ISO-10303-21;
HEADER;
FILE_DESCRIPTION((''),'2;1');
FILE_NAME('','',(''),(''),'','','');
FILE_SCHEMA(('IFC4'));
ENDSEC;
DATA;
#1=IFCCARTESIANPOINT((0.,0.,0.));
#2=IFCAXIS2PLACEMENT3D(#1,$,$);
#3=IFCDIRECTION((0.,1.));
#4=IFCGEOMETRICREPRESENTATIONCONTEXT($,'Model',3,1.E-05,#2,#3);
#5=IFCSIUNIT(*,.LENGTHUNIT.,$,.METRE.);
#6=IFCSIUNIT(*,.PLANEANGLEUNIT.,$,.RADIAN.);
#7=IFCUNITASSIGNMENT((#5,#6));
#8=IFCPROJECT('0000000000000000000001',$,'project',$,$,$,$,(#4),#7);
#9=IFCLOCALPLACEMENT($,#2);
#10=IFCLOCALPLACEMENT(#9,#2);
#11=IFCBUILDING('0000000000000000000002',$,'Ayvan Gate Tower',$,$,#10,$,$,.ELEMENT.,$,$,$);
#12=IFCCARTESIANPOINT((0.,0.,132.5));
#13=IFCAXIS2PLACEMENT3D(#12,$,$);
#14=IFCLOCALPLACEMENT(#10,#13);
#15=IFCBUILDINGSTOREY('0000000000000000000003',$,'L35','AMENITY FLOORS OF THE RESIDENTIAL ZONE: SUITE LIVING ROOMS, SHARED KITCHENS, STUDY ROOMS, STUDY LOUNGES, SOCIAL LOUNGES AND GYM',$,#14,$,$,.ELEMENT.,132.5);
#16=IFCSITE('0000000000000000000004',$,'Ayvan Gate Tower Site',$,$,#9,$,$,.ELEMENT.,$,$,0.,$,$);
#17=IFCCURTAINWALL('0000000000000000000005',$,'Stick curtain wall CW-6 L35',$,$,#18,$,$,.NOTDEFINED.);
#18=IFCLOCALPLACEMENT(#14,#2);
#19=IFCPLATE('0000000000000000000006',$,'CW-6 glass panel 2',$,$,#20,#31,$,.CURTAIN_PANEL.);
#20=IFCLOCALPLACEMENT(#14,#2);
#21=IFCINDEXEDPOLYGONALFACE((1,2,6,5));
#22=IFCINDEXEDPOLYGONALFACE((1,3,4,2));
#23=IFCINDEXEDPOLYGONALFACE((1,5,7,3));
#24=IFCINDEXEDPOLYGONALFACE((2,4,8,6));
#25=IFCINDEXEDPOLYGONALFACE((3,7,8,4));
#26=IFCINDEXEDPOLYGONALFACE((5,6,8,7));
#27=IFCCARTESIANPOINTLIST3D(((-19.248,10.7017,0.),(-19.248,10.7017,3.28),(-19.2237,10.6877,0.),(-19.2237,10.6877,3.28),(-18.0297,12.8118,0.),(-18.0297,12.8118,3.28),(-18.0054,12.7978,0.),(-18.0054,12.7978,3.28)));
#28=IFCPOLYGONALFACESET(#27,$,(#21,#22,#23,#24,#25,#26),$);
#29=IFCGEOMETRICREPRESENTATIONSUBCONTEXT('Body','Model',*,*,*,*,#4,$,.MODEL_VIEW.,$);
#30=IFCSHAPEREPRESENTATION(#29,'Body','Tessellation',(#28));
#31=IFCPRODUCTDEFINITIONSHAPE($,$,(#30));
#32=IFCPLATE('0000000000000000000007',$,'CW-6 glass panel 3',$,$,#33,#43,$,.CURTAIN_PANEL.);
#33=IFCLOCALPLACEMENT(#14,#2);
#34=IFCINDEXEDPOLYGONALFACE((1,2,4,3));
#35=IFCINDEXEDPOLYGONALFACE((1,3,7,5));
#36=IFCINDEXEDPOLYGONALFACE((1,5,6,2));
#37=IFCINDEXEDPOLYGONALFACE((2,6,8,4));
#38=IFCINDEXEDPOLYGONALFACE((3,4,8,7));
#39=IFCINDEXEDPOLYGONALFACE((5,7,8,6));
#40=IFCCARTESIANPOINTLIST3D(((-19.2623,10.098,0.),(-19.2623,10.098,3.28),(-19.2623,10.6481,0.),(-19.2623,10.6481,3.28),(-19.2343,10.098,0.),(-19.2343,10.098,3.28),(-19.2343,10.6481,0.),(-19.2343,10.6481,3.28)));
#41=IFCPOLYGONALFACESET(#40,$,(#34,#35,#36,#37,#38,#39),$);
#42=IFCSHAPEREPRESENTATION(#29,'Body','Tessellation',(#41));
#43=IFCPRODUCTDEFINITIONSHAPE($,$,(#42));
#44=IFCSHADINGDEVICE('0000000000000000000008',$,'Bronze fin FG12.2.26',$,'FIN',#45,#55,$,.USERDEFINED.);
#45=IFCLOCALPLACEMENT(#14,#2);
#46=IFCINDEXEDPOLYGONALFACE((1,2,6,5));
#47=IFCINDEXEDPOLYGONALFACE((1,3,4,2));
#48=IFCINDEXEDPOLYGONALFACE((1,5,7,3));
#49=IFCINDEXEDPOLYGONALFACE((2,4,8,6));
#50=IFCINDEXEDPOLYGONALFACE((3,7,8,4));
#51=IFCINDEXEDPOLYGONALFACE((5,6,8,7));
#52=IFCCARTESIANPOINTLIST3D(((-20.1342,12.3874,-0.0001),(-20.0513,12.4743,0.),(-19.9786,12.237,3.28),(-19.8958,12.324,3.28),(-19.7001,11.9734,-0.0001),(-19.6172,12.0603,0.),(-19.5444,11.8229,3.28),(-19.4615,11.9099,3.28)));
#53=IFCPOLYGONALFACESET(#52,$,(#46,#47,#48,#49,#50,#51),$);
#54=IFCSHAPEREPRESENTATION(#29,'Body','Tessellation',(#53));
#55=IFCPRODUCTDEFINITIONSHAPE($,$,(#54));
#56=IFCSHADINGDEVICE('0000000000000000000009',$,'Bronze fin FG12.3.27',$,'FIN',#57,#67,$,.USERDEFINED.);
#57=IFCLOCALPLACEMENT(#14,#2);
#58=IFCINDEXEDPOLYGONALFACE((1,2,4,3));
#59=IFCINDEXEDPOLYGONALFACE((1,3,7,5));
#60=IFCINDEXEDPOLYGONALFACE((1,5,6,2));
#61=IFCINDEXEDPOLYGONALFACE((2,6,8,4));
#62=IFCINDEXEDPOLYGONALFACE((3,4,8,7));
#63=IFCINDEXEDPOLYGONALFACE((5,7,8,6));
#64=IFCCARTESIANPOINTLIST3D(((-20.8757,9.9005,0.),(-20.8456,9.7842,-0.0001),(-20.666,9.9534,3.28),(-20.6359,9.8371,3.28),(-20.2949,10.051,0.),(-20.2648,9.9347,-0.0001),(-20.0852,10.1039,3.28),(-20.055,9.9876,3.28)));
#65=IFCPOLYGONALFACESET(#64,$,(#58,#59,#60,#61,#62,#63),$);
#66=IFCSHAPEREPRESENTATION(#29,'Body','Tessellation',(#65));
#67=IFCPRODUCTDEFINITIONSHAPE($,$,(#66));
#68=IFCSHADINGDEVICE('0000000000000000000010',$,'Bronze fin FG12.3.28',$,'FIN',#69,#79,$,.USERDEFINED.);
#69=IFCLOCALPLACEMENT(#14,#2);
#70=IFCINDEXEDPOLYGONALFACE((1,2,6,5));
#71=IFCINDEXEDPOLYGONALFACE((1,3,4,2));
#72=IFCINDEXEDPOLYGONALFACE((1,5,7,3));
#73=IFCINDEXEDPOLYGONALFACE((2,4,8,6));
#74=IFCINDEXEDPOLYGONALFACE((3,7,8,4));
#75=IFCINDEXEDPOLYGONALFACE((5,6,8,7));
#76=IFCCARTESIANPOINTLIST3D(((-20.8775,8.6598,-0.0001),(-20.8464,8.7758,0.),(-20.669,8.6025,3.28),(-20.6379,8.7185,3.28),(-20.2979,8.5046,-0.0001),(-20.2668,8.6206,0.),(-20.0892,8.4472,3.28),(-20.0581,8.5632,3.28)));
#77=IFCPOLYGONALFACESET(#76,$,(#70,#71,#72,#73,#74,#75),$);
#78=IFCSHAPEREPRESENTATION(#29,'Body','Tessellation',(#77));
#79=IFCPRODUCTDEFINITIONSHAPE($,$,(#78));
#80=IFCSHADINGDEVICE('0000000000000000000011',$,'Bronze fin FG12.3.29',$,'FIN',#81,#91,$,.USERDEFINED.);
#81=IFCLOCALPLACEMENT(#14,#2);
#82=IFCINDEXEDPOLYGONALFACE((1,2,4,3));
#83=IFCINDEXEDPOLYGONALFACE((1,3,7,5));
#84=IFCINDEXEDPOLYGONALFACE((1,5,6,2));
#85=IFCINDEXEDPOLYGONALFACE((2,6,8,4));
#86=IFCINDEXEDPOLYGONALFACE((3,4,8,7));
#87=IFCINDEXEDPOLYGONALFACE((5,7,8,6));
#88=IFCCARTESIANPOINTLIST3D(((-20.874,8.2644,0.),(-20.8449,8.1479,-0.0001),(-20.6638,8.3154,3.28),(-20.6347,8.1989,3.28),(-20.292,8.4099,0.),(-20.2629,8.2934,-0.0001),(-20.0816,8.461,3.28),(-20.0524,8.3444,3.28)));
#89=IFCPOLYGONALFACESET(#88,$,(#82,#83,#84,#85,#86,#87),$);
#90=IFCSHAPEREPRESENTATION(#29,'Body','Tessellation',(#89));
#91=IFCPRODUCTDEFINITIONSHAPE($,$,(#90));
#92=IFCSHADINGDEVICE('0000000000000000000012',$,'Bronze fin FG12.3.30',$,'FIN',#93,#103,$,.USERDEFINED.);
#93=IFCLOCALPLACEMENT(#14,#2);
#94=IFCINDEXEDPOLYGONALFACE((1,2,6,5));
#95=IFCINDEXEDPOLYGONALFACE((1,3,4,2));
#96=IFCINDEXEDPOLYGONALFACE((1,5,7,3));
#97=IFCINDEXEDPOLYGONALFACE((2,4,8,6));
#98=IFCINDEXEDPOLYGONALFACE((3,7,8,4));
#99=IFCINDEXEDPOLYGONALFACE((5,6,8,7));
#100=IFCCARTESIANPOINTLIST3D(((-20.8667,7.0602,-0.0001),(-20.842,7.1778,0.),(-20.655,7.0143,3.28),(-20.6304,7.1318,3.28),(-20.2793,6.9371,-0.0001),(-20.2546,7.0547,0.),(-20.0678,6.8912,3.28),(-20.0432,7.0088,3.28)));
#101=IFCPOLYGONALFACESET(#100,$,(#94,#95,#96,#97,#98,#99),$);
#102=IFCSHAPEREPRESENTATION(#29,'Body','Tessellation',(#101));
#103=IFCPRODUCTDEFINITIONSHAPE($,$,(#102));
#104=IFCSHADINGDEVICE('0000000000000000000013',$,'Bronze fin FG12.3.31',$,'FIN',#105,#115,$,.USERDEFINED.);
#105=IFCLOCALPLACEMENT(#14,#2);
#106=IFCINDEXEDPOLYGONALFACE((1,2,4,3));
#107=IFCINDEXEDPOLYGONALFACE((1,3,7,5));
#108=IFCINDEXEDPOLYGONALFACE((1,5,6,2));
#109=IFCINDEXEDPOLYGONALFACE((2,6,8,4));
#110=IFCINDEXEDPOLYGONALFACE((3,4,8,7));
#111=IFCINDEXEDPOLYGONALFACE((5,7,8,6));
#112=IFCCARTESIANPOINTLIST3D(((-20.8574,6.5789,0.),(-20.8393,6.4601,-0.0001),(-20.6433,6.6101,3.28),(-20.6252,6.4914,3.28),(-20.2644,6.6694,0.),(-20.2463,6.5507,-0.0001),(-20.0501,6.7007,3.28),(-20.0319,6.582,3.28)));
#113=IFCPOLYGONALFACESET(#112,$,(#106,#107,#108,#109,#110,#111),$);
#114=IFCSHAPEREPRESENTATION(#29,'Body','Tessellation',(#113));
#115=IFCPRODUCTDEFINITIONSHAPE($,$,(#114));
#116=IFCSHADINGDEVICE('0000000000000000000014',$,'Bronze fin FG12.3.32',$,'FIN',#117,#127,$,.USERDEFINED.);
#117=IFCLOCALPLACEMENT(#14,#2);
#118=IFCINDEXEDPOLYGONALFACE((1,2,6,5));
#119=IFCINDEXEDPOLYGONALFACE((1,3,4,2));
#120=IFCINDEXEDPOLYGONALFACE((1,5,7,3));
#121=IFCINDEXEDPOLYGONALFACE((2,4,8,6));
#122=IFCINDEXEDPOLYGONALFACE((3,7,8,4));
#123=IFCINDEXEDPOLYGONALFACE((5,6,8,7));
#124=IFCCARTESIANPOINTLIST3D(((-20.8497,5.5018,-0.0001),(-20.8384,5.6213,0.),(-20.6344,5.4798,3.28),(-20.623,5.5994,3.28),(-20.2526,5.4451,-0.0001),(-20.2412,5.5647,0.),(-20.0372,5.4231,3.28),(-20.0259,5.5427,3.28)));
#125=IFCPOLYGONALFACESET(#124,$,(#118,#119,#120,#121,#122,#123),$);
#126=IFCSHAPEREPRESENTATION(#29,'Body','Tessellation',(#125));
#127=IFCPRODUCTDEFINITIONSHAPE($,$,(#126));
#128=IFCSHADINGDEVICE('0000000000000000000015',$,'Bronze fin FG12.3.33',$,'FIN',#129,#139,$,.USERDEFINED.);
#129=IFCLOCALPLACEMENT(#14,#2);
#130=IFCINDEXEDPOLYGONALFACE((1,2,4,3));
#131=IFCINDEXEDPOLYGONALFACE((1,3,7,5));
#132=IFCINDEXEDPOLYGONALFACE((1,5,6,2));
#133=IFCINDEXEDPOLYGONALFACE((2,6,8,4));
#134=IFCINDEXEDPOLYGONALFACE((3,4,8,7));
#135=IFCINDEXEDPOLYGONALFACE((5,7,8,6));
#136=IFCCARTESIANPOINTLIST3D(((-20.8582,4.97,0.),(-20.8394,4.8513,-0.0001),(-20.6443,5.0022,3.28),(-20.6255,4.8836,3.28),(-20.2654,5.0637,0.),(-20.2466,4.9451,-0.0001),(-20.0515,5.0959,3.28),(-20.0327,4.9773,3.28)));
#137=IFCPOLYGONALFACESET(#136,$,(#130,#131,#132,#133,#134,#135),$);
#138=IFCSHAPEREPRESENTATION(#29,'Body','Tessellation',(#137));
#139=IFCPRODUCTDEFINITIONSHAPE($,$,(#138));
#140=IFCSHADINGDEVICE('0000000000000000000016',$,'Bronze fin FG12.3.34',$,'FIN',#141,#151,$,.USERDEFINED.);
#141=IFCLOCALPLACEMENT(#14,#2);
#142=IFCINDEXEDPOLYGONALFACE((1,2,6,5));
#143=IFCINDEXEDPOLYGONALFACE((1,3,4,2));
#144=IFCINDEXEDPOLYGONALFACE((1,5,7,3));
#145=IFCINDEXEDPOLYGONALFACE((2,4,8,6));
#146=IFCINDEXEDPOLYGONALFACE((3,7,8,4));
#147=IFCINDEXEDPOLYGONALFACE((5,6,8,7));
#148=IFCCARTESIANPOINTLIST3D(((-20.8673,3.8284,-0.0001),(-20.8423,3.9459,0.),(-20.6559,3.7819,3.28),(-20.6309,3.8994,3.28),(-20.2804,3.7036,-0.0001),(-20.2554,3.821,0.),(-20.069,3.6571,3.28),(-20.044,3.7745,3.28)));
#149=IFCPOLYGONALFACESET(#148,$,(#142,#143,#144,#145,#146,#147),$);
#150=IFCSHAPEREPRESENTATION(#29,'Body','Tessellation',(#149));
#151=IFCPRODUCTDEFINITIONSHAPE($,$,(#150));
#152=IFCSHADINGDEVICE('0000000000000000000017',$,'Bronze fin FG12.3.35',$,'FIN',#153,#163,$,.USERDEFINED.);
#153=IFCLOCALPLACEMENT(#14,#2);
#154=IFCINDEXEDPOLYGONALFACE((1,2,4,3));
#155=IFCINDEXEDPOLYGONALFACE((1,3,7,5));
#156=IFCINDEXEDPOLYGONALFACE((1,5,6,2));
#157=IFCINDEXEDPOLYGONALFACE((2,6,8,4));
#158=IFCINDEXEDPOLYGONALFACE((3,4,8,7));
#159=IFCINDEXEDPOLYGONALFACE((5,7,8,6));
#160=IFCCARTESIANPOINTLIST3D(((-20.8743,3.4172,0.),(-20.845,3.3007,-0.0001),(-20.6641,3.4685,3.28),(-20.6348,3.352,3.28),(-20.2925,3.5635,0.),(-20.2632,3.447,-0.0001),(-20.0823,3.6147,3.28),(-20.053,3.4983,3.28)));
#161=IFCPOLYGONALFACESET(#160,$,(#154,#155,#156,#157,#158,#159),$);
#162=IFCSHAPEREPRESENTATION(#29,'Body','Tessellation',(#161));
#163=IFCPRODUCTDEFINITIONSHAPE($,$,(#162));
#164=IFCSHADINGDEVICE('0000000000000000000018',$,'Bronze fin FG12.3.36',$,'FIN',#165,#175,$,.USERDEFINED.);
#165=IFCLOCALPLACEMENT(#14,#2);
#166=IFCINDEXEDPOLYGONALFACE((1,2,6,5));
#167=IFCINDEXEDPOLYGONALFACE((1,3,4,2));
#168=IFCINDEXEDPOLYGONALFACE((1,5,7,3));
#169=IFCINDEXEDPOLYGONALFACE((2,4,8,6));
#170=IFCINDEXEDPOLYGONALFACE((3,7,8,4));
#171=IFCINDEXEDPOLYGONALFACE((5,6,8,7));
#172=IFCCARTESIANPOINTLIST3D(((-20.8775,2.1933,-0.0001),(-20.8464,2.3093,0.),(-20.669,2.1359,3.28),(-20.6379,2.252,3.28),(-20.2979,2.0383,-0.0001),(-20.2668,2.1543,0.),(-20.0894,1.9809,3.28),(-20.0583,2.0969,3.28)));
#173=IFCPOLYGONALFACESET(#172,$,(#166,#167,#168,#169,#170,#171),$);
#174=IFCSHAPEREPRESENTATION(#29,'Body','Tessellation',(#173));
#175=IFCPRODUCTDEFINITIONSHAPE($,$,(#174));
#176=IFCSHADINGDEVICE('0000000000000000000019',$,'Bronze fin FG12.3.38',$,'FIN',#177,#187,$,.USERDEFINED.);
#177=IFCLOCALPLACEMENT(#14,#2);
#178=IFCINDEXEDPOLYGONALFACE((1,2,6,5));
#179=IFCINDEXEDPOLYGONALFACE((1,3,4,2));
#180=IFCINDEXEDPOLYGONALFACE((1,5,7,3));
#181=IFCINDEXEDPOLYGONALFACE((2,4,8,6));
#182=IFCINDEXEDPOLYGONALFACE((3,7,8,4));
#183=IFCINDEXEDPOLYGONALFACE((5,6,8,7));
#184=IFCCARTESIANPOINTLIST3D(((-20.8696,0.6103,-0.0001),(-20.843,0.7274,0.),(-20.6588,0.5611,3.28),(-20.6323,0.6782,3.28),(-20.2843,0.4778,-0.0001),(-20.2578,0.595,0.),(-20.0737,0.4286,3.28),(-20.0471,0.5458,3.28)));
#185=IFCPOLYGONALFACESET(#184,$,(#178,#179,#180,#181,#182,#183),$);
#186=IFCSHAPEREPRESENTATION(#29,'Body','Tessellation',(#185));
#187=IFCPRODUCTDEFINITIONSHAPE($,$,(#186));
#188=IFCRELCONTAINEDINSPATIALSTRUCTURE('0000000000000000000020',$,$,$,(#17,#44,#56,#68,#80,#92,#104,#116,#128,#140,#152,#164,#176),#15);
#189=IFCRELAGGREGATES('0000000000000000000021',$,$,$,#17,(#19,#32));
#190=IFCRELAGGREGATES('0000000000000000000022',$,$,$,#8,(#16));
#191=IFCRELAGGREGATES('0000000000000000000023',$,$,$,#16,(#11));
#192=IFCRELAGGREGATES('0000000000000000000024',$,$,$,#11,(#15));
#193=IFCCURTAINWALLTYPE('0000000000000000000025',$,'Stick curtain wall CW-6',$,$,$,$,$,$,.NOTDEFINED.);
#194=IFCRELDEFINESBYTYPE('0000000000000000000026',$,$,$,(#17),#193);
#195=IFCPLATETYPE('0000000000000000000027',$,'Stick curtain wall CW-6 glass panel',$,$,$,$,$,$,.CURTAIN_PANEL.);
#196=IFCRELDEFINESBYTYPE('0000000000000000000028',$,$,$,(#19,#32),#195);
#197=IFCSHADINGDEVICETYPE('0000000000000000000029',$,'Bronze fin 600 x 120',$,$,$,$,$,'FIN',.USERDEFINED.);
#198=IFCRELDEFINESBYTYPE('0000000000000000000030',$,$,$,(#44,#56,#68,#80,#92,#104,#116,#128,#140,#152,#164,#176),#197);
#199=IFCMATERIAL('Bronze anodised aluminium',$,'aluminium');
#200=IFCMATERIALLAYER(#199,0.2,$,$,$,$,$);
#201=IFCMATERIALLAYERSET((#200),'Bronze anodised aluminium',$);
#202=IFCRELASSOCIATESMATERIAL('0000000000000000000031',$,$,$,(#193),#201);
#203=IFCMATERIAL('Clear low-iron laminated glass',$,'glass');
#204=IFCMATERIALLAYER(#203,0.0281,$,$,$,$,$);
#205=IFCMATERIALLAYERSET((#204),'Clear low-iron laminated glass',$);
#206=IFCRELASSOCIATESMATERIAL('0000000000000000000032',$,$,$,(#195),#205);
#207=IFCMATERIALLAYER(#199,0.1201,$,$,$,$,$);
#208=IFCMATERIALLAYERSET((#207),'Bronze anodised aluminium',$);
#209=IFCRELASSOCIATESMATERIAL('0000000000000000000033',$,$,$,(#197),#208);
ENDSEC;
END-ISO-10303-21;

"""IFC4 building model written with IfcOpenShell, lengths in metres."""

from ifc_helpers import new_model, si_unit, direction, frame, origin, origin_2d, place, context, subcontext, project, spatial, polyline, rectangle, outline, extrude, material, layer, layer_set, type_object, element, aggregate, save


model = new_model("IFC4")

# Units and contexts
model_context = context("Model", 3, precision=1e-05, world=origin(), true_north=direction((0.0, 1.0)))
body_context = subcontext(model_context, "Body", "Model", "MODEL_VIEW")
ifc_project = project(units=[si_unit("LENGTHUNIT", "METRE"), si_unit("PLANEANGLEUNIT", "RADIAN")], contexts=[model_context])

# Site, building, storey
site_placement = place(None, origin())
site = spatial("IfcSite", under=ifc_project, at=site_placement, Name="Ayvan Gate Tower Site", CompositionType="ELEMENT", RefElevation=0.0)
building_placement = place(site_placement, origin())
building = spatial("IfcBuilding", under=site, at=building_placement, Name="Ayvan Gate Tower", CompositionType="ELEMENT")
storey_placement = place(building_placement, frame((0.0, 0.0, 132.5)))
storey = spatial("IfcBuildingStorey", under=building, at=storey_placement, Name="L35", Description="AMENITY FLOORS OF THE RESIDENTIAL ZONE: SUITE LIVING ROOMS, SHARED KITCHENS, STUDY ROOMS, STUDY LOUNGES, SOCIAL LOUNGES AND GYM", CompositionType="ELEMENT", Elevation=132.5)

# Curtain wall
ifc_material_1 = material(Name="Bronze anodised aluminium", Category="aluminium")
ifc_layer_1 = layer(ifc_material_1, 0.2)
ifc_layer_set_1 = layer_set([ifc_layer_1], Name="Bronze anodised aluminium")
curtain_wall_type_1 = type_object("IfcCurtainWallType", Name="Stick curtain wall CW-6", PredefinedType="NOTDEFINED", material=ifc_layer_set_1)
curtain_wall_1_placement = place(storey_placement, origin())
curtain_wall_1 = element("IfcCurtainWall", 1, at=curtain_wall_1_placement, inside=storey, type_object=curtain_wall_type_1, Name="Stick curtain wall CW-6 L35", PredefinedType="NOTDEFINED")

# Plates
ifc_material_2 = material(Name="Clear low-iron laminated glass", Category="glass")
ifc_layer_2 = layer(ifc_material_2, 0.0281)
ifc_layer_set_2 = layer_set([ifc_layer_2], Name="Clear low-iron laminated glass")
plate_type_1 = type_object("IfcPlateType", Name="Stick curtain wall CW-6 glass panel", PredefinedType="CURTAIN_PANEL", material=ifc_layer_set_2)
plate_1_placement = place(storey_placement, frame((-18.6267, 11.7498, 0.0), z_axis=(0.0, 0.0, 1.0), x_axis=(-0.5, -0.866025, 0.0)))
plate_1 = element("IfcPlate", 2, at=plate_1_placement, type_object=plate_type_1, Name="CW-6 glass panel 2", PredefinedType="CURTAIN_PANEL", context=body_context, shape_type="SweptSolid", body=[
    extrude(rectangle(XDim=2.4365, YDim=0.0281, at=origin_2d()), origin(), (0.0, 0.0, 1.0), 3.28),
])
plate_2_placement = place(storey_placement, frame((-19.2483, 10.373, 0.0), z_axis=(0.0, 0.0, 1.0), x_axis=(0.0, -1.0, 0.0)))
plate_2 = element("IfcPlate", 3, at=plate_2_placement, type_object=plate_type_1, Name="CW-6 glass panel 3", PredefinedType="CURTAIN_PANEL", context=body_context, shape_type="SweptSolid", body=[
    extrude(rectangle(XDim=0.55, YDim=0.0281, at=origin_2d()), origin(), (0.0, 0.0, 1.0), 3.28),
])
aggregate(curtain_wall_1, [plate_1, plate_2])

# Shading devices
ifc_layer_3 = layer(ifc_material_1, 0.1201)
ifc_layer_set_3 = layer_set([ifc_layer_3], Name="Bronze anodised aluminium")
shading_device_type = type_object("IfcShadingDeviceType", Name="Bronze fin 600 x 120", ElementType="FIN", PredefinedType="USERDEFINED", material=ifc_layer_set_3)
shading_device_1_placement = place(storey_placement, frame((-19.6172, 12.0603, 0.0), z_axis=(0.690122, 0.723693, 0.000435), x_axis=(-0.723693, 0.690122, 0.0)))
element("IfcShadingDevice", 4, at=shading_device_1_placement, inside=storey, type_object=shading_device_type, Name="Bronze fin FG12.2.26", ObjectType="FIN", PredefinedType="USERDEFINED", context=body_context, shape_type="SweptSolid", body=[
    extrude(outline(polyline([(0.0, 0.0), (0.5999, 0.0), (0.3836, 3.28), (-0.2165, 3.28), (0.0, 0.0)])), origin(), (0.0, 0.0, -1.0), 0.1201),
])
shading_device_2_placement = place(storey_placement, frame((-20.2949, 10.051, 0.0), z_axis=(-0.250856, 0.968024, 0.00044), x_axis=(-0.968024, -0.250856, 0.0)))
element("IfcShadingDevice", 5, at=shading_device_2_placement, inside=storey, type_object=shading_device_type, Name="Bronze fin FG12.3.27", ObjectType="FIN", PredefinedType="USERDEFINED", context=body_context, shape_type="SweptSolid", body=[
    extrude(outline(polyline([(0.0, 0.0), (0.6, 0.0), (0.3837, 3.28), (-0.2163, 3.28), (0.0, 0.0)])), origin(), (0.0, 0.0, -1.0), 0.1201),
])
shading_device_3_placement = place(storey_placement, frame((-20.2668, 8.6206, 0.0), z_axis=(0.258726, 0.965951, 0.00044), x_axis=(-0.965951, 0.258726, 0.0)))
element("IfcShadingDevice", 6, at=shading_device_3_placement, inside=storey, type_object=shading_device_type, Name="Bronze fin FG12.3.28", ObjectType="FIN", PredefinedType="USERDEFINED", context=body_context, shape_type="SweptSolid", body=[
    extrude(outline(polyline([(0.0, 0.0), (0.6, 0.0), (0.3838, 3.28), (-0.2165, 3.28), (0.0, 0.0)])), origin(), (0.0, 0.0, -1.0), 0.1201),
])
shading_device_4_placement = place(storey_placement, frame((-20.292, 8.4099, 0.0), z_axis=(-0.242488, 0.970154, 0.000457), x_axis=(-0.970154, -0.242488, 0.0)))
element("IfcShadingDevice", 7, at=shading_device_4_placement, inside=storey, type_object=shading_device_type, Name="Bronze fin FG12.3.29", ObjectType="FIN", PredefinedType="USERDEFINED", context=body_context, shape_type="SweptSolid", body=[
    extrude(outline(polyline([(0.0, 0.0), (0.5999, 0.0), (0.3836, 3.28), (-0.2165, 3.28), (0.0, 0.0)])), origin(), (0.0, 0.0, -1.0), 0.1201),
])
shading_device_5_placement = place(storey_placement, frame((-20.2546, 7.0547, 0.0), z_axis=(0.205067, 0.978748, 0.00047), x_axis=(-0.978748, 0.205067, 0.0)))
element("IfcShadingDevice", 8, at=shading_device_5_placement, inside=storey, type_object=shading_device_type, Name="Bronze fin FG12.3.30", ObjectType="FIN", PredefinedType="USERDEFINED", context=body_context, shape_type="SweptSolid", body=[
    extrude(outline(polyline([(0.0, 0.0), (0.6002, 0.0), (0.3836, 3.28), (-0.2163, 3.28), (0.0, 0.0)])), origin(), (0.0, 0.0, -1.0), 0.1201),
])
shading_device_6_placement = place(storey_placement, frame((-20.2644, 6.6694, 0.0), z_axis=(-0.150956, 0.98854, 0.000441), x_axis=(-0.98854, -0.150956, 0.0)))
element("IfcShadingDevice", 9, at=shading_device_6_placement, inside=storey, type_object=shading_device_type, Name="Bronze fin FG12.3.31", ObjectType="FIN", PredefinedType="USERDEFINED", context=body_context, shape_type="SweptSolid", body=[
    extrude(outline(polyline([(0.0, 0.0), (0.5999, 0.0), (0.3835, 3.28), (-0.2166, 3.28), (0.0, 0.0)])), origin(), (0.0, 0.0, -1.0), 0.1201),
])
shading_device_7_placement = place(storey_placement, frame((-20.2412, 5.5647, 0.0), z_axis=(0.094425, 0.995532, 0.00047), x_axis=(-0.995532, 0.094425, 0.0)))
element("IfcShadingDevice", 10, at=shading_device_7_placement, inside=storey, type_object=shading_device_type, Name="Bronze fin FG12.3.32", ObjectType="FIN", PredefinedType="USERDEFINED", context=body_context, shape_type="SweptSolid", body=[
    extrude(outline(polyline([(0.0, 0.0), (0.5998, 0.0), (0.3834, 3.28), (-0.2164, 3.28), (0.0, 0.0)])), origin(), (0.0, 0.0, -1.0), 0.1201),
])
shading_device_8_placement = place(storey_placement, frame((-20.2654, 5.0637, 0.0), z_axis=(-0.156213, 0.987723, 0.000481), x_axis=(-0.987723, -0.156213, 0.0)))
element("IfcShadingDevice", 11, at=shading_device_8_placement, inside=storey, type_object=shading_device_type, Name="Bronze fin FG12.3.33", ObjectType="FIN", PredefinedType="USERDEFINED", context=body_context, shape_type="SweptSolid", body=[
    extrude(outline(polyline([(0.0, 0.0), (0.6001, 0.0), (0.3839, 3.28), (-0.2163, 3.28), (0.0, 0.0)])), origin(), (0.0, 0.0, -1.0), 0.1201),
])
shading_device_9_placement = place(storey_placement, frame((-20.2554, 3.821, 0.0), z_axis=(0.208112, 0.978105, 0.000454), x_axis=(-0.978105, 0.208112, 0.0)))
element("IfcShadingDevice", 12, at=shading_device_9_placement, inside=storey, type_object=shading_device_type, Name="Bronze fin FG12.3.34", ObjectType="FIN", PredefinedType="USERDEFINED", context=body_context, shape_type="SweptSolid", body=[
    extrude(outline(polyline([(0.0, 0.0), (0.6001, 0.0), (0.3836, 3.28), (-0.2165, 3.28), (0.0, 0.0)])), origin(), (0.0, 0.0, -1.0), 0.1201),
])
shading_device_10_placement = place(storey_placement, frame((-20.2925, 3.5635, 0.0), z_axis=(-0.24378, 0.96983, 0.000464), x_axis=(-0.96983, -0.24378, 0.0)))
element("IfcShadingDevice", 13, at=shading_device_10_placement, inside=storey, type_object=shading_device_type, Name="Bronze fin FG12.3.35", ObjectType="FIN", PredefinedType="USERDEFINED", context=body_context, shape_type="SweptSolid", body=[
    extrude(outline(polyline([(0.0, 0.0), (0.5999, 0.0), (0.3835, 3.28), (-0.2164, 3.28), (0.0, 0.0)])), origin(), (0.0, 0.0, -1.0), 0.1201),
])
shading_device_11_placement = place(storey_placement, frame((-20.2668, 2.1543, 0.0), z_axis=(0.258397, 0.966039, 0.000472), x_axis=(-0.966039, 0.258397, 0.0)))
element("IfcShadingDevice", 14, at=shading_device_11_placement, inside=storey, type_object=shading_device_type, Name="Bronze fin FG12.3.36", ObjectType="FIN", PredefinedType="USERDEFINED", context=body_context, shape_type="SweptSolid", body=[
    extrude(outline(polyline([(0.0, 0.0), (0.6, 0.0), (0.3837, 3.28), (-0.2162, 3.28), (0.0, 0.0)])), origin(), (0.0, 0.0, -1.0), 0.1201),
])
shading_device_12_placement = place(storey_placement, frame((-20.2578, 0.595, 0.0), z_axis=(0.220742, 0.975332, 0.000449), x_axis=(-0.975332, 0.220742, 0.0)))
element("IfcShadingDevice", 15, at=shading_device_12_placement, inside=storey, type_object=shading_device_type, Name="Bronze fin FG12.3.38", ObjectType="FIN", PredefinedType="USERDEFINED", context=body_context, shape_type="SweptSolid", body=[
    extrude(outline(polyline([(0.0, 0.0), (0.6, 0.0), (0.3837, 3.28), (-0.2163, 3.28), (0.0, 0.0)])), origin(), (0.0, 0.0, -1.0), 0.1201),
])

save(model, "model.ifc")
